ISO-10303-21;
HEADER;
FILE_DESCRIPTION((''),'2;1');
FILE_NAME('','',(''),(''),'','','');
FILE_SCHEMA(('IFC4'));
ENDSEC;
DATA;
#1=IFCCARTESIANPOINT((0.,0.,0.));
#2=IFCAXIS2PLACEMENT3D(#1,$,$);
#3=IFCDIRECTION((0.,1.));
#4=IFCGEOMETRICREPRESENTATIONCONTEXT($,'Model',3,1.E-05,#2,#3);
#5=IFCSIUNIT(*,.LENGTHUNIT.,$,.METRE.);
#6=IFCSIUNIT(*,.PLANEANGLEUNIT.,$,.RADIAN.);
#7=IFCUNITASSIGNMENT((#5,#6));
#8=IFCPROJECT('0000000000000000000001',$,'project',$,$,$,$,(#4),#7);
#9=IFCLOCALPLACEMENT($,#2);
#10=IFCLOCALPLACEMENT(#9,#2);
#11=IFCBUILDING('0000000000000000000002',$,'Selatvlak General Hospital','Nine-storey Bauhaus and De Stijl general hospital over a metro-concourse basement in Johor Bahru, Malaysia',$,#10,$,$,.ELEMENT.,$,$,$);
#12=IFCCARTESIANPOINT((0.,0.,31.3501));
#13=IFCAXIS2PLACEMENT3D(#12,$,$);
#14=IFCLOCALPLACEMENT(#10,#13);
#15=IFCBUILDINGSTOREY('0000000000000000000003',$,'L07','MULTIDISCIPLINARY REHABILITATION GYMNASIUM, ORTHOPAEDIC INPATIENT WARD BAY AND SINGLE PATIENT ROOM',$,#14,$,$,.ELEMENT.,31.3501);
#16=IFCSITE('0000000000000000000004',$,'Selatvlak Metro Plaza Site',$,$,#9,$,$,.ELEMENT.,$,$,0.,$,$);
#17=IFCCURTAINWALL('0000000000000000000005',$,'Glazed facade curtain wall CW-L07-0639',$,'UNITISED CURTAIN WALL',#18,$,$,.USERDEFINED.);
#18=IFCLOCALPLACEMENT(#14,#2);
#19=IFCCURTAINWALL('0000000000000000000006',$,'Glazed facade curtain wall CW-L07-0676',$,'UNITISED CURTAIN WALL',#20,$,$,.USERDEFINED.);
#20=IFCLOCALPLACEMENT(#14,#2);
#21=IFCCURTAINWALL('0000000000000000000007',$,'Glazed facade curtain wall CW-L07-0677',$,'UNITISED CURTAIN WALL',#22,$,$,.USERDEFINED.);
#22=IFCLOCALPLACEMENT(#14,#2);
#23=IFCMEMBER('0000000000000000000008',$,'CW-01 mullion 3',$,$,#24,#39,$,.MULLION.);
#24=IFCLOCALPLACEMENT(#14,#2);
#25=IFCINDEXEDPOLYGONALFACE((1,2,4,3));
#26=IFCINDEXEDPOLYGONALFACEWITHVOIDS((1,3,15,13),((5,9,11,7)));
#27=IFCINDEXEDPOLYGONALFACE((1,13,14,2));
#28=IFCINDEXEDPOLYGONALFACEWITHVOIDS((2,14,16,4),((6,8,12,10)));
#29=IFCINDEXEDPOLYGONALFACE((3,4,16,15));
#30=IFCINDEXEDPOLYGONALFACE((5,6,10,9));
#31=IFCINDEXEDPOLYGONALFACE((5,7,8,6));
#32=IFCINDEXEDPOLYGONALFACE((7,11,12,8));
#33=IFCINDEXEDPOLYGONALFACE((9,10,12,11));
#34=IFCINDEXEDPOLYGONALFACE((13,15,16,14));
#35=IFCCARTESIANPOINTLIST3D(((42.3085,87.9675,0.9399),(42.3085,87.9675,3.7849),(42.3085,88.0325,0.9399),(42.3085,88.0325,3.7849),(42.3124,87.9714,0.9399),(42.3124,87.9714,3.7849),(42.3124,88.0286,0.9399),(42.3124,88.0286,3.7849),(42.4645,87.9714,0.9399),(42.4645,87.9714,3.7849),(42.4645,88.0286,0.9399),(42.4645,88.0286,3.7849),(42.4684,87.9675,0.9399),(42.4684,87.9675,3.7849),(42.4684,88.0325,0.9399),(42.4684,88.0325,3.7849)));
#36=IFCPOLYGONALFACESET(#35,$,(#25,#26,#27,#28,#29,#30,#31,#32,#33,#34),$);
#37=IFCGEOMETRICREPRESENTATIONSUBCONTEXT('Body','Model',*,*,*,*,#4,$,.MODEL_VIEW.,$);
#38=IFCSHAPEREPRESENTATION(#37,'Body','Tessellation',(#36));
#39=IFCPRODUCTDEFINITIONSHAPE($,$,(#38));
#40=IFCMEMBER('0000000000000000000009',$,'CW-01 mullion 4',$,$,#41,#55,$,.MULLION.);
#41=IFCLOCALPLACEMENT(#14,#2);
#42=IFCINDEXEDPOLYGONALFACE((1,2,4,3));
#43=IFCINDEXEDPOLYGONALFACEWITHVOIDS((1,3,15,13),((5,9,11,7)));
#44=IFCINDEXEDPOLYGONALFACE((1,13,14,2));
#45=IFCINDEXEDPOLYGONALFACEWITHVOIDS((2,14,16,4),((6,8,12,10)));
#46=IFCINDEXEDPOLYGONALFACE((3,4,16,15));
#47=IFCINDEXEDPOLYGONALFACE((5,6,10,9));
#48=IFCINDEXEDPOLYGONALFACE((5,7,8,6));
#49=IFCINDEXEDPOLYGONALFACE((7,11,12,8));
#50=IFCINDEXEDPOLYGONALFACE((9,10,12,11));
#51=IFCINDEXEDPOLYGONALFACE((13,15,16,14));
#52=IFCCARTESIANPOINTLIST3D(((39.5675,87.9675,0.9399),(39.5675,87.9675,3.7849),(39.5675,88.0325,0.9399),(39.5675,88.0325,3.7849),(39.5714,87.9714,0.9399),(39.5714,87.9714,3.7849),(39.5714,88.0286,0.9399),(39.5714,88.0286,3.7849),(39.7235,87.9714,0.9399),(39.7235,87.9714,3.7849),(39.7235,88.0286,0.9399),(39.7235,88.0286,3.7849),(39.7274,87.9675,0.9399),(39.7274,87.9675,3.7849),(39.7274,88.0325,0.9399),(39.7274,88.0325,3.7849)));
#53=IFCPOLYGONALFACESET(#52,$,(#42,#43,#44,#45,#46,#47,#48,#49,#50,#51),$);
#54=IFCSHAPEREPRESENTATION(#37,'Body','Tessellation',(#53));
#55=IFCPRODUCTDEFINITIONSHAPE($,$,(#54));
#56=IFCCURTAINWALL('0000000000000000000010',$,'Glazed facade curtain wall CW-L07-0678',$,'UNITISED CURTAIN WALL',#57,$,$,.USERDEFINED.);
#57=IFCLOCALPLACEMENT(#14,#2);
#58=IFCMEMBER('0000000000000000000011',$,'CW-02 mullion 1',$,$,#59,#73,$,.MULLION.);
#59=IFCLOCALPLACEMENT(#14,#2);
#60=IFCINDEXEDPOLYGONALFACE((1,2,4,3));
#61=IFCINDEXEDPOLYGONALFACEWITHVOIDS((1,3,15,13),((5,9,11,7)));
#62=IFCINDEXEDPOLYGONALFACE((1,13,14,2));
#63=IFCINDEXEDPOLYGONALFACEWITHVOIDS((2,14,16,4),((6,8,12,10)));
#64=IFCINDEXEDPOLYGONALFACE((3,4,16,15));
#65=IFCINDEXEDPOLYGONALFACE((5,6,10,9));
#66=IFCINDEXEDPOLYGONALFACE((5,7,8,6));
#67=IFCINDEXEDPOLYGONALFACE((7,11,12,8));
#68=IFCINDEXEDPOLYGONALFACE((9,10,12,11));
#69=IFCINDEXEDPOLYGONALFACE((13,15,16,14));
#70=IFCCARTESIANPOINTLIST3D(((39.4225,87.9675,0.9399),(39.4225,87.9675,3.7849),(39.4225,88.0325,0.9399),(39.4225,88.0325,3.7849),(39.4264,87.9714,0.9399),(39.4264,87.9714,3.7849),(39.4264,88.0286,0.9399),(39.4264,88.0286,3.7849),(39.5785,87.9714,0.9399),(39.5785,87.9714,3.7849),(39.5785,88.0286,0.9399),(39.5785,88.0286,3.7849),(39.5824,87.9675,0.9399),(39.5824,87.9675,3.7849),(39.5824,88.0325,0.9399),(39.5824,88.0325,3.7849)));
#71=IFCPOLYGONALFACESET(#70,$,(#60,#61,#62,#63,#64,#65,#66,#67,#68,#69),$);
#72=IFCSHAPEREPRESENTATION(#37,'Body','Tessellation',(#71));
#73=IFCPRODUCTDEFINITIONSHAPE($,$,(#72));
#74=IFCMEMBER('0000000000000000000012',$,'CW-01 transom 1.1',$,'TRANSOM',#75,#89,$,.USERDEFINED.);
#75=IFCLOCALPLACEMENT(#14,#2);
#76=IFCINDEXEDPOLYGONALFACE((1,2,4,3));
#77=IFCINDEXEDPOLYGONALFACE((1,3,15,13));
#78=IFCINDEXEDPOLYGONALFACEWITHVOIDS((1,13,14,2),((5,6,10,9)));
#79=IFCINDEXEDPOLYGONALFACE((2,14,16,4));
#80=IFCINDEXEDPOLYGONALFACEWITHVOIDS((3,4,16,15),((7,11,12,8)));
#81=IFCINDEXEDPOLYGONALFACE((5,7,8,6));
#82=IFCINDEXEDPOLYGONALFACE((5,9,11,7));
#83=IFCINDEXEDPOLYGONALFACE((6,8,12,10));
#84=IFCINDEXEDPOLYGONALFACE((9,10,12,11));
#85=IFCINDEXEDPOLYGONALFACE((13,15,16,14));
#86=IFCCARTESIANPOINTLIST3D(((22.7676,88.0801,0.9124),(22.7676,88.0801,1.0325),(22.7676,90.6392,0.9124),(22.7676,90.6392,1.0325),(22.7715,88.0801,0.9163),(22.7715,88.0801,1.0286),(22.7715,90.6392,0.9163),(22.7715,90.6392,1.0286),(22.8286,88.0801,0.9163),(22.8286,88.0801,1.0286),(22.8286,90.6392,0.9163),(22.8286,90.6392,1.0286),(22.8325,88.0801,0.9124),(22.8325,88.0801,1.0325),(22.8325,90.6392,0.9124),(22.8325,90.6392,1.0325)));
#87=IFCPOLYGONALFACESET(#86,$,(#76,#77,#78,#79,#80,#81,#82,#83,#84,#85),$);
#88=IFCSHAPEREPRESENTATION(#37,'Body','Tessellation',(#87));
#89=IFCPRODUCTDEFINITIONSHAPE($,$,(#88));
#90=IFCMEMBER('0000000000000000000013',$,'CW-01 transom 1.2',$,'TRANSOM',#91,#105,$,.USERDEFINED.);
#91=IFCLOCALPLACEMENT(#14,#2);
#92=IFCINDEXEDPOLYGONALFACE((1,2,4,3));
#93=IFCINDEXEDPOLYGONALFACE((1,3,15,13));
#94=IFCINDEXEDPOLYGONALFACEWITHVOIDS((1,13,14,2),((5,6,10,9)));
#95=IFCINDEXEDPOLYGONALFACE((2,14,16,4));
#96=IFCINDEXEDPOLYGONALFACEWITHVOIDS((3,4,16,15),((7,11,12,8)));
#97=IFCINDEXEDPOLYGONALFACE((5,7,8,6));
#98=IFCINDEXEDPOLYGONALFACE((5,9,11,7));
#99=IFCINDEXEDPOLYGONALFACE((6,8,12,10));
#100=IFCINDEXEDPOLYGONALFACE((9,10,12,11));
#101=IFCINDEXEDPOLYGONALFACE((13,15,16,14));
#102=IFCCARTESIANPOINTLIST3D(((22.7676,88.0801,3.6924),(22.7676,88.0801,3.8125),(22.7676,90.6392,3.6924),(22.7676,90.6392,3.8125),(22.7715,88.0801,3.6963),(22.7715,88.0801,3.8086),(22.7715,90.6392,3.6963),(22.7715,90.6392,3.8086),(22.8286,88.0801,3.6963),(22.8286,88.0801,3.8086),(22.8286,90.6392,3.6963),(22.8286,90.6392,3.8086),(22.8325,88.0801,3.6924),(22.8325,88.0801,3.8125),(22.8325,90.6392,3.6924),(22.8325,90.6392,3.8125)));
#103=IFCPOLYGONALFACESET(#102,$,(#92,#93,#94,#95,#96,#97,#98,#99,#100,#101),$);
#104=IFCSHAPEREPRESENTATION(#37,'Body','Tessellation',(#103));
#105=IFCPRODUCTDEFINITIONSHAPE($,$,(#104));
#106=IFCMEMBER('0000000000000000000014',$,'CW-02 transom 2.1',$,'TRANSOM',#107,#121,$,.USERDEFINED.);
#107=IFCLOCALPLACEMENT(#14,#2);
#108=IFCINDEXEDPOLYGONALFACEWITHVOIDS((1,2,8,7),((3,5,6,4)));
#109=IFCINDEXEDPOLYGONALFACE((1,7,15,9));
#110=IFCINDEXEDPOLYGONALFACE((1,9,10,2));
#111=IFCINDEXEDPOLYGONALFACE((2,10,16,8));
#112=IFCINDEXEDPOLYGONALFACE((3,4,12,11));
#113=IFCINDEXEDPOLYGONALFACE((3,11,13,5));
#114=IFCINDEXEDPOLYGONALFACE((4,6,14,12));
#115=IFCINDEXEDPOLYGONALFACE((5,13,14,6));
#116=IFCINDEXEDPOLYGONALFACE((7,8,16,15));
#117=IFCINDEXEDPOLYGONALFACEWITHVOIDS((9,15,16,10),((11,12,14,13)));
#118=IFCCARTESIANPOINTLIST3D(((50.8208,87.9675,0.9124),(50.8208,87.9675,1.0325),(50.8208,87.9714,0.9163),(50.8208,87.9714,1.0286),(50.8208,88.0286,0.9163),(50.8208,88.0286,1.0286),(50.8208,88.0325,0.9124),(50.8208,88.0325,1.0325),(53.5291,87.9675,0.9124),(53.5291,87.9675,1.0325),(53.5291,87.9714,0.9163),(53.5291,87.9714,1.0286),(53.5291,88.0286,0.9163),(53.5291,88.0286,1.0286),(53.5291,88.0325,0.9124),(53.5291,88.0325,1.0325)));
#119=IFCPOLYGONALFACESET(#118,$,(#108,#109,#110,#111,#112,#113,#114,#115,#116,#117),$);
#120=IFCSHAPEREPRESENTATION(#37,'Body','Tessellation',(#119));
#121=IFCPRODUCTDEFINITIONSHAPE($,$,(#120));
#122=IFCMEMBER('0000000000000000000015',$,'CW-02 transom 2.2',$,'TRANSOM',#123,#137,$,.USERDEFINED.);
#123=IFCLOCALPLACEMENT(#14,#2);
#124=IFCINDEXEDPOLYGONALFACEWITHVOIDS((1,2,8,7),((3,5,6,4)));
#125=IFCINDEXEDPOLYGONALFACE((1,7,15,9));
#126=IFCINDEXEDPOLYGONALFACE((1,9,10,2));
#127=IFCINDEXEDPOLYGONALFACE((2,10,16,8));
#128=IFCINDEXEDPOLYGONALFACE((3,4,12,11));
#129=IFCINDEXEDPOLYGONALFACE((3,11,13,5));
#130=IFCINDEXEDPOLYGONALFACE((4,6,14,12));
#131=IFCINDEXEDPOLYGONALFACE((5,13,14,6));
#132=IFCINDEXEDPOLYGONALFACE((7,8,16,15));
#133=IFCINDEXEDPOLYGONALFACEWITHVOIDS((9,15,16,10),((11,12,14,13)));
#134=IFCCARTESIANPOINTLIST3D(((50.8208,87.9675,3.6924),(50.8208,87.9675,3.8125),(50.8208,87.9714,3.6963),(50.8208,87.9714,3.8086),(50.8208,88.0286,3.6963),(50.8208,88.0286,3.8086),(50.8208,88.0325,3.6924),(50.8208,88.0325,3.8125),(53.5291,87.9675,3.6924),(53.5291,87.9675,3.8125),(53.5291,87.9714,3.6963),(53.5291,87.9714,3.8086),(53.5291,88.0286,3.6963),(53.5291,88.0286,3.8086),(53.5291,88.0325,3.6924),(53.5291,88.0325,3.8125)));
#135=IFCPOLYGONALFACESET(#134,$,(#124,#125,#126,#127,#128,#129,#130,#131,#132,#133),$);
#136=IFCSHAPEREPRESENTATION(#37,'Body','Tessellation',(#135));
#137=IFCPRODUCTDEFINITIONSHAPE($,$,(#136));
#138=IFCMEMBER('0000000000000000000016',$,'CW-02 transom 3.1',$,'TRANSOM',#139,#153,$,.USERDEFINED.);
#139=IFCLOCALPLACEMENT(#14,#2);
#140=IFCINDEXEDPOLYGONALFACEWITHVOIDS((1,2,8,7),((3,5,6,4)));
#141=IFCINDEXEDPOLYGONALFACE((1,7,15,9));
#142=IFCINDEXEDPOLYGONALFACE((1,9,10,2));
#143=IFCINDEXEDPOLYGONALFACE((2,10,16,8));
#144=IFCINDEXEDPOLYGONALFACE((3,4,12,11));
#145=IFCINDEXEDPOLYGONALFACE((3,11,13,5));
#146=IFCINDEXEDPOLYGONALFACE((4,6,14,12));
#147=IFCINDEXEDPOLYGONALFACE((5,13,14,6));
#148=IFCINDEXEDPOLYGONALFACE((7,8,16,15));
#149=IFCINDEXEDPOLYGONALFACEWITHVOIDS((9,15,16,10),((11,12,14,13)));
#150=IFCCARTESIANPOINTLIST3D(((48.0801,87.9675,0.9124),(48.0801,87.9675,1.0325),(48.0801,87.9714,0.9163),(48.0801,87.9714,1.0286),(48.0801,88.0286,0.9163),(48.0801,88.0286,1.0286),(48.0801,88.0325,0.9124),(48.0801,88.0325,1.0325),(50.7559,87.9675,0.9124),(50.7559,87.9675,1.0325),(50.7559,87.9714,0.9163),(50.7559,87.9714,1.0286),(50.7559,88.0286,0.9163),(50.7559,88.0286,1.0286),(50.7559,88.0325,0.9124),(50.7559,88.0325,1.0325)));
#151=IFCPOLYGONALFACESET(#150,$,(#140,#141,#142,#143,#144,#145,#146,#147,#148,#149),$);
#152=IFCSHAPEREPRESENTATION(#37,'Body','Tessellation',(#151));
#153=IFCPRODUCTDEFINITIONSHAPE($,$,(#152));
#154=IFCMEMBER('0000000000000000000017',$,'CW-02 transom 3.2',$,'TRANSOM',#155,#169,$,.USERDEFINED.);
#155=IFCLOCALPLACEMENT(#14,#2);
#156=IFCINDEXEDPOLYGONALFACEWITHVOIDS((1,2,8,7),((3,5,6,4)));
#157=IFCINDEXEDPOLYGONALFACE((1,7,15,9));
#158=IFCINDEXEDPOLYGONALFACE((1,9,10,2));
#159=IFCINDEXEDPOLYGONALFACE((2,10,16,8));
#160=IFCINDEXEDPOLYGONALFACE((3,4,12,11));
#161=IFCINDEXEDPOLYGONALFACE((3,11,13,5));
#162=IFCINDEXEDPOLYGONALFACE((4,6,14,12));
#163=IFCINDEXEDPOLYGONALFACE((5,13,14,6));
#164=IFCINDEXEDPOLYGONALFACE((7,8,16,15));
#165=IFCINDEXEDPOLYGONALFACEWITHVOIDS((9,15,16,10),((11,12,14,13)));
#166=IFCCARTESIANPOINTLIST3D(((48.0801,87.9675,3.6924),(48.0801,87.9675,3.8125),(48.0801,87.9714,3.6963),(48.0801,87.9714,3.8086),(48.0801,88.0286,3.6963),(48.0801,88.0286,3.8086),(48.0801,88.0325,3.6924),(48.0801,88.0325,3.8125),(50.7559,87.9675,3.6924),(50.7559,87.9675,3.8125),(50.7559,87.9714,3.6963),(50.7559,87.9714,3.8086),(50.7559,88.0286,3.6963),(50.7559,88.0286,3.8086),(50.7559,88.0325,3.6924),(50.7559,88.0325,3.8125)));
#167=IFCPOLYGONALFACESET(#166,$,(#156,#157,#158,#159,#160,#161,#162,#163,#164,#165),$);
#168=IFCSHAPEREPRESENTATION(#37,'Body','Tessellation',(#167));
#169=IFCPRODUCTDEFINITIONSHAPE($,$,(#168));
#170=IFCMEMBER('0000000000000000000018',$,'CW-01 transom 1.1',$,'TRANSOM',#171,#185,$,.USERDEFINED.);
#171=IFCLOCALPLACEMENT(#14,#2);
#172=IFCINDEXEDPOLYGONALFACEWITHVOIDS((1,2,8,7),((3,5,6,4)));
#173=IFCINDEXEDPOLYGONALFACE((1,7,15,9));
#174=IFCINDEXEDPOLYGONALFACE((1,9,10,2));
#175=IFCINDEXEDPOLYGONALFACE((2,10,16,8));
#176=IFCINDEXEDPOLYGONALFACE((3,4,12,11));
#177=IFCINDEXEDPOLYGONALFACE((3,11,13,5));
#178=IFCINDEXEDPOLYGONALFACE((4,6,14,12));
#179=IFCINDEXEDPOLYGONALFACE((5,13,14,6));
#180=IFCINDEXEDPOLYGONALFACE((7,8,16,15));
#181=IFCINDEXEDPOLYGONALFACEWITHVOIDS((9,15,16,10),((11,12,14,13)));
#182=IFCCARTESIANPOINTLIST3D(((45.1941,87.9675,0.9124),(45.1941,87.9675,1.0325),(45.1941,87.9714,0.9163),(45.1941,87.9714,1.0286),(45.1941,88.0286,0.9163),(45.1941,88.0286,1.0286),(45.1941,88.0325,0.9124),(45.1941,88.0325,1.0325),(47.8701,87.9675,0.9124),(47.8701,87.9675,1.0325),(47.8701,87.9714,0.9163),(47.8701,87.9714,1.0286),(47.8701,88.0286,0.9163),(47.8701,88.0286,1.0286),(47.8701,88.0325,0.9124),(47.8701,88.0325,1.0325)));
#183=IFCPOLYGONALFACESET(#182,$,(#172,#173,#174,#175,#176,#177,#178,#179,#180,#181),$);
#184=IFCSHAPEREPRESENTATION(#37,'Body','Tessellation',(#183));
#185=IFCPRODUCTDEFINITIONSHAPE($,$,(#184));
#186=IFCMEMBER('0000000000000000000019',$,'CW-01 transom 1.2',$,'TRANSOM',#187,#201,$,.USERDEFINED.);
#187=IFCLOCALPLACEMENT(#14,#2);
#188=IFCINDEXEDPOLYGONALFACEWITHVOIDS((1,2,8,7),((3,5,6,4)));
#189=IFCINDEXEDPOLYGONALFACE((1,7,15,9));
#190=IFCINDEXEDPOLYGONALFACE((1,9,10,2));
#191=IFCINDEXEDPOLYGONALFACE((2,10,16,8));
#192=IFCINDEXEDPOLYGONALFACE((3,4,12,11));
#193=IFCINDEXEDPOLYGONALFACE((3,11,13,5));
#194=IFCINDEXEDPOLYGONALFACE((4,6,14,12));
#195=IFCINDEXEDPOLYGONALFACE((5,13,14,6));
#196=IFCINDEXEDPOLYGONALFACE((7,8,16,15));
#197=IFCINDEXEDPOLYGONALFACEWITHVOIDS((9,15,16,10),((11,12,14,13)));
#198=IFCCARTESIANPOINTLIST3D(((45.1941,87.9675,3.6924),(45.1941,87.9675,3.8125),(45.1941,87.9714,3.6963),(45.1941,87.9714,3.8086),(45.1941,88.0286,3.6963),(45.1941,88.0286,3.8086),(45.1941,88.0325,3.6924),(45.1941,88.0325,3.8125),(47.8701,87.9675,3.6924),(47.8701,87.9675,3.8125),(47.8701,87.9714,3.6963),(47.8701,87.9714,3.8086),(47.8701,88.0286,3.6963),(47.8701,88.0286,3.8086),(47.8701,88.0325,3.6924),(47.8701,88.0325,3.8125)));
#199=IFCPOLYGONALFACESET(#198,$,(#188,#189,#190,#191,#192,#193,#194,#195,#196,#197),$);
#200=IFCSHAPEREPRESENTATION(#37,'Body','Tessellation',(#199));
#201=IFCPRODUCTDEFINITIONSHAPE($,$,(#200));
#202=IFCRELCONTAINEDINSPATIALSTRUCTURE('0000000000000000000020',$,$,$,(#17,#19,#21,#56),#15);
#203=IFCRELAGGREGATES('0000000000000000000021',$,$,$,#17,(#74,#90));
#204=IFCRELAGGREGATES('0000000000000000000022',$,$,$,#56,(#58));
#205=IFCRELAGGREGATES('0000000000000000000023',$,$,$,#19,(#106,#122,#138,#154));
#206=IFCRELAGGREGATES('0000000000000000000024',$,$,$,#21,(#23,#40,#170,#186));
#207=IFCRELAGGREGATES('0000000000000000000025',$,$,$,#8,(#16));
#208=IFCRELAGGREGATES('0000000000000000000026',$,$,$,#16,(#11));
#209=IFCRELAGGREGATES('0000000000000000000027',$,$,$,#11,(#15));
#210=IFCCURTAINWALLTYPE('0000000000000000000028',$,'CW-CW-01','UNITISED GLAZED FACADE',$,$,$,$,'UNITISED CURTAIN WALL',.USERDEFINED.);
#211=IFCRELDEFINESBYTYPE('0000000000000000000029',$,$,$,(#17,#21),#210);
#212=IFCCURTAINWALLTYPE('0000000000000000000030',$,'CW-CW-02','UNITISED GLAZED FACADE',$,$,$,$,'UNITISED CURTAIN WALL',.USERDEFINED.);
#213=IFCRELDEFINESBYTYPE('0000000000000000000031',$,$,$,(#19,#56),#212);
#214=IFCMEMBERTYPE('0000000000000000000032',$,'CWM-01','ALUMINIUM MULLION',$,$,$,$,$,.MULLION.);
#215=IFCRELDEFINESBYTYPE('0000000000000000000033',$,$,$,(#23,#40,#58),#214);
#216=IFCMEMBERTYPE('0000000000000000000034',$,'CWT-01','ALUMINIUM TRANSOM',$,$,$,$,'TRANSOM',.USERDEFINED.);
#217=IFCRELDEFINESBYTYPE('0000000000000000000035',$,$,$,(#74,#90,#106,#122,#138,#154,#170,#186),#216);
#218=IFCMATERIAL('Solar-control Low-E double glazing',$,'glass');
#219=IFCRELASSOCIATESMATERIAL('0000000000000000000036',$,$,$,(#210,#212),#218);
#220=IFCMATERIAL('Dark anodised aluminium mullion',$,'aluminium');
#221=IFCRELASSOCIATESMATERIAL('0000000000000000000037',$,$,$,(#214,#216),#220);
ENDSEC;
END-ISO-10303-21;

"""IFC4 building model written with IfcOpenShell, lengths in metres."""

from ifc_helpers import new_model, si_unit, direction, frame, origin, origin_2d, place, context, subcontext, project, spatial, hollow_rectangle, extrude, material, material_profile, profile_set, type_object, element, aggregate, save


model = new_model("IFC4")

# Units and contexts
model_context = context("Model", 3, precision=1e-05, world=origin(), true_north=direction((0.0, 1.0)))
body_context = subcontext(model_context, "Body", "Model", "MODEL_VIEW")
ifc_project = project(units=[si_unit("LENGTHUNIT", "METRE"), si_unit("PLANEANGLEUNIT", "RADIAN")], contexts=[model_context])

# Site, building, storey
site_placement = place(None, origin())
site = spatial("IfcSite", under=ifc_project, at=site_placement, Name="Selatvlak Metro Plaza Site", CompositionType="ELEMENT", RefElevation=0.0)
building_placement = place(site_placement, origin())
building = spatial("IfcBuilding", under=site, at=building_placement, Name="Selatvlak General Hospital", Description="Nine-storey Bauhaus and De Stijl general hospital over a metro-concourse basement in Johor Bahru, Malaysia", CompositionType="ELEMENT")
storey_placement = place(building_placement, frame((0.0, 0.0, 31.3501)))
storey = spatial("IfcBuildingStorey", under=building, at=storey_placement, Name="L07", Description="MULTIDISCIPLINARY REHABILITATION GYMNASIUM, ORTHOPAEDIC INPATIENT WARD BAY AND SINGLE PATIENT ROOM", CompositionType="ELEMENT", Elevation=31.3501)

# Curtain wall
ifc_material_1 = material(Name="Solar-control Low-E double glazing", Category="glass")
curtain_wall_type_1 = type_object("IfcCurtainWallType", Name="CW-CW-01", Description="UNITISED GLAZED FACADE", ElementType="UNITISED CURTAIN WALL", PredefinedType="USERDEFINED", material=ifc_material_1)
curtain_wall_1_placement = place(storey_placement, origin())
curtain_wall_1 = element("IfcCurtainWall", 1, at=curtain_wall_1_placement, inside=storey, type_object=curtain_wall_type_1, Name="Glazed facade curtain wall CW-L07-0639", ObjectType="UNITISED CURTAIN WALL", PredefinedType="USERDEFINED")
ifc_material_2 = material(Name="Dark anodised aluminium mullion", Category="aluminium")
ifc_material_profile_1 = material_profile(ifc_material_2, hollow_rectangle(XDim=0.0649, YDim=0.1599, WallThickness=0.0039, at=origin_2d()), Name="AL-MUL 65x160x4")
ifc_profile_set_1 = profile_set([ifc_material_profile_1], Name="Dark anodised aluminium mullion")
member_type_1 = type_object("IfcMemberType", Name="CWM-01", Description="ALUMINIUM MULLION", PredefinedType="MULLION", material=ifc_profile_set_1)

# Curtain walls, members
curtain_wall_type_2 = type_object("IfcCurtainWallType", Name="CW-CW-02", Description="UNITISED GLAZED FACADE", ElementType="UNITISED CURTAIN WALL", PredefinedType="USERDEFINED", material=ifc_material_1)
curtain_wall_2_placement = place(storey_placement, origin())
curtain_wall_2 = element("IfcCurtainWall", 2, at=curtain_wall_2_placement, inside=storey, type_object=curtain_wall_type_2, Name="Glazed facade curtain wall CW-L07-0676", ObjectType="UNITISED CURTAIN WALL", PredefinedType="USERDEFINED")
curtain_wall_3_placement = place(storey_placement, origin())
curtain_wall_3 = element("IfcCurtainWall", 3, at=curtain_wall_3_placement, inside=storey, type_object=curtain_wall_type_1, Name="Glazed facade curtain wall CW-L07-0677", ObjectType="UNITISED CURTAIN WALL", PredefinedType="USERDEFINED")
member_1_placement = place(storey_placement, frame((42.3884, 88.0, 0.9399), z_axis=(0.0, 0.0, 1.0), x_axis=(0.0, -1.0, 0.0)))
member_1 = element("IfcMember", 4, at=member_1_placement, type_object=member_type_1, Name="CW-01 mullion 3", PredefinedType="MULLION", context=body_context, shape_type="SweptSolid", body=[
    extrude(hollow_rectangle(XDim=0.0649, YDim=0.1599, WallThickness=0.0039, at=origin_2d()), origin(), (0.0, 0.0, 1.0), 2.845),
])
member_2_placement = place(storey_placement, frame((39.6475, 88.0, 0.9399), z_axis=(0.0, 0.0, 1.0), x_axis=(0.0, -1.0, 0.0)))
member_2 = element("IfcMember", 5, at=member_2_placement, type_object=member_type_1, Name="CW-01 mullion 4", PredefinedType="MULLION", context=body_context, shape_type="SweptSolid", body=[
    extrude(hollow_rectangle(XDim=0.0649, YDim=0.1599, WallThickness=0.0039, at=origin_2d()), origin(), (0.0, 0.0, 1.0), 2.845),
])

# Curtain wall, member
curtain_wall_4_placement = place(storey_placement, origin())
curtain_wall_4 = element("IfcCurtainWall", 6, at=curtain_wall_4_placement, inside=storey, type_object=curtain_wall_type_2, Name="Glazed facade curtain wall CW-L07-0678", ObjectType="UNITISED CURTAIN WALL", PredefinedType="USERDEFINED")
member_3_placement = place(storey_placement, frame((39.5024, 88.0, 0.9399), z_axis=(0.0, 0.0, 1.0), x_axis=(0.0, -1.0, 0.0)))
member_3 = element("IfcMember", 7, at=member_3_placement, type_object=member_type_1, Name="CW-02 mullion 1", PredefinedType="MULLION", context=body_context, shape_type="SweptSolid", body=[
    extrude(hollow_rectangle(XDim=0.0649, YDim=0.1599, WallThickness=0.0039, at=origin_2d()), origin(), (0.0, 0.0, 1.0), 2.845),
])

# Members
ifc_material_profile_2 = material_profile(ifc_material_2, hollow_rectangle(XDim=0.0649, YDim=0.1201, WallThickness=0.0039, at=origin_2d()), Name="AL-TRN 65x120x4")
ifc_profile_set_2 = profile_set([ifc_material_profile_2], Name="Dark anodised aluminium mullion")
member_type_2 = type_object("IfcMemberType", Name="CWT-01", Description="ALUMINIUM TRANSOM", ElementType="TRANSOM", PredefinedType="USERDEFINED", material=ifc_profile_set_2)
member_4_placement = place(storey_placement, frame((22.8, 88.0801, 0.9724), z_axis=(0.0, 1.0, 0.0), x_axis=(-1.0, 0.0, 0.0)))
member_4 = element("IfcMember", 8, at=member_4_placement, type_object=member_type_2, Name="CW-01 transom 1.1", ObjectType="TRANSOM", PredefinedType="USERDEFINED", context=body_context, shape_type="SweptSolid", body=[
    extrude(hollow_rectangle(XDim=0.0649, YDim=0.1201, WallThickness=0.0039, at=origin_2d()), origin(), (0.0, 0.0, 1.0), 2.5591),
])
member_5_placement = place(storey_placement, frame((22.8, 88.0801, 3.7524), z_axis=(0.0, 1.0, 0.0), x_axis=(-1.0, 0.0, 0.0)))
member_5 = element("IfcMember", 9, at=member_5_placement, type_object=member_type_2, Name="CW-01 transom 1.2", ObjectType="TRANSOM", PredefinedType="USERDEFINED", context=body_context, shape_type="SweptSolid", body=[
    extrude(hollow_rectangle(XDim=0.0649, YDim=0.1201, WallThickness=0.0039, at=origin_2d()), origin(), (0.0, 0.0, 1.0), 2.5591),
])
aggregate(curtain_wall_1, [member_4, member_5])
member_6_placement = place(storey_placement, frame((53.5291, 88.0, 0.9724), z_axis=(-1.0, 0.0, 0.0), x_axis=(0.0, -1.0, 0.0)))
member_6 = element("IfcMember", 10, at=member_6_placement, type_object=member_type_2, Name="CW-02 transom 2.1", ObjectType="TRANSOM", PredefinedType="USERDEFINED", context=body_context, shape_type="SweptSolid", body=[
    extrude(hollow_rectangle(XDim=0.0649, YDim=0.1201, WallThickness=0.0039, at=origin_2d()), origin(), (0.0, 0.0, 1.0), 2.7083),
])
member_7_placement = place(storey_placement, frame((53.5291, 88.0, 3.7524), z_axis=(-1.0, 0.0, 0.0), x_axis=(0.0, -1.0, 0.0)))
member_7 = element("IfcMember", 11, at=member_7_placement, type_object=member_type_2, Name="CW-02 transom 2.2", ObjectType="TRANSOM", PredefinedType="USERDEFINED", context=body_context, shape_type="SweptSolid", body=[
    extrude(hollow_rectangle(XDim=0.0649, YDim=0.1201, WallThickness=0.0039, at=origin_2d()), origin(), (0.0, 0.0, 1.0), 2.7083),
])
member_8_placement = place(storey_placement, frame((50.7559, 88.0, 0.9724), z_axis=(-1.0, 0.0, 0.0), x_axis=(0.0, -1.0, 0.0)))
member_8 = element("IfcMember", 12, at=member_8_placement, type_object=member_type_2, Name="CW-02 transom 3.1", ObjectType="TRANSOM", PredefinedType="USERDEFINED", context=body_context, shape_type="SweptSolid", body=[
    extrude(hollow_rectangle(XDim=0.0649, YDim=0.1201, WallThickness=0.0039, at=origin_2d()), origin(), (0.0, 0.0, 1.0), 2.6758),
])
member_9_placement = place(storey_placement, frame((50.7559, 88.0, 3.7524), z_axis=(-1.0, 0.0, 0.0), x_axis=(0.0, -1.0, 0.0)))
member_9 = element("IfcMember", 13, at=member_9_placement, type_object=member_type_2, Name="CW-02 transom 3.2", ObjectType="TRANSOM", PredefinedType="USERDEFINED", context=body_context, shape_type="SweptSolid", body=[
    extrude(hollow_rectangle(XDim=0.0649, YDim=0.1201, WallThickness=0.0039, at=origin_2d()), origin(), (0.0, 0.0, 1.0), 2.6758),
])
member_10_placement = place(storey_placement, frame((47.8701, 88.0, 0.9724), z_axis=(-1.0, 0.0, 0.0), x_axis=(0.0, -1.0, 0.0)))
member_10 = element("IfcMember", 14, at=member_10_placement, type_object=member_type_2, Name="CW-01 transom 1.1", ObjectType="TRANSOM", PredefinedType="USERDEFINED", context=body_context, shape_type="SweptSolid", body=[
    extrude(hollow_rectangle(XDim=0.0649, YDim=0.1201, WallThickness=0.0039, at=origin_2d()), origin(), (0.0, 0.0, 1.0), 2.676),
])
member_11_placement = place(storey_placement, frame((47.8701, 88.0, 3.7524), z_axis=(-1.0, 0.0, 0.0), x_axis=(0.0, -1.0, 0.0)))
member_11 = element("IfcMember", 15, at=member_11_placement, type_object=member_type_2, Name="CW-01 transom 1.2", ObjectType="TRANSOM", PredefinedType="USERDEFINED", context=body_context, shape_type="SweptSolid", body=[
    extrude(hollow_rectangle(XDim=0.0649, YDim=0.1201, WallThickness=0.0039, at=origin_2d()), origin(), (0.0, 0.0, 1.0), 2.676),
])
aggregate(curtain_wall_4, [member_3])

aggregate(curtain_wall_2, [member_6, member_7, member_8, member_9])
aggregate(curtain_wall_3, [member_1, member_2, member_10, member_11])

save(model, "model.ifc")
